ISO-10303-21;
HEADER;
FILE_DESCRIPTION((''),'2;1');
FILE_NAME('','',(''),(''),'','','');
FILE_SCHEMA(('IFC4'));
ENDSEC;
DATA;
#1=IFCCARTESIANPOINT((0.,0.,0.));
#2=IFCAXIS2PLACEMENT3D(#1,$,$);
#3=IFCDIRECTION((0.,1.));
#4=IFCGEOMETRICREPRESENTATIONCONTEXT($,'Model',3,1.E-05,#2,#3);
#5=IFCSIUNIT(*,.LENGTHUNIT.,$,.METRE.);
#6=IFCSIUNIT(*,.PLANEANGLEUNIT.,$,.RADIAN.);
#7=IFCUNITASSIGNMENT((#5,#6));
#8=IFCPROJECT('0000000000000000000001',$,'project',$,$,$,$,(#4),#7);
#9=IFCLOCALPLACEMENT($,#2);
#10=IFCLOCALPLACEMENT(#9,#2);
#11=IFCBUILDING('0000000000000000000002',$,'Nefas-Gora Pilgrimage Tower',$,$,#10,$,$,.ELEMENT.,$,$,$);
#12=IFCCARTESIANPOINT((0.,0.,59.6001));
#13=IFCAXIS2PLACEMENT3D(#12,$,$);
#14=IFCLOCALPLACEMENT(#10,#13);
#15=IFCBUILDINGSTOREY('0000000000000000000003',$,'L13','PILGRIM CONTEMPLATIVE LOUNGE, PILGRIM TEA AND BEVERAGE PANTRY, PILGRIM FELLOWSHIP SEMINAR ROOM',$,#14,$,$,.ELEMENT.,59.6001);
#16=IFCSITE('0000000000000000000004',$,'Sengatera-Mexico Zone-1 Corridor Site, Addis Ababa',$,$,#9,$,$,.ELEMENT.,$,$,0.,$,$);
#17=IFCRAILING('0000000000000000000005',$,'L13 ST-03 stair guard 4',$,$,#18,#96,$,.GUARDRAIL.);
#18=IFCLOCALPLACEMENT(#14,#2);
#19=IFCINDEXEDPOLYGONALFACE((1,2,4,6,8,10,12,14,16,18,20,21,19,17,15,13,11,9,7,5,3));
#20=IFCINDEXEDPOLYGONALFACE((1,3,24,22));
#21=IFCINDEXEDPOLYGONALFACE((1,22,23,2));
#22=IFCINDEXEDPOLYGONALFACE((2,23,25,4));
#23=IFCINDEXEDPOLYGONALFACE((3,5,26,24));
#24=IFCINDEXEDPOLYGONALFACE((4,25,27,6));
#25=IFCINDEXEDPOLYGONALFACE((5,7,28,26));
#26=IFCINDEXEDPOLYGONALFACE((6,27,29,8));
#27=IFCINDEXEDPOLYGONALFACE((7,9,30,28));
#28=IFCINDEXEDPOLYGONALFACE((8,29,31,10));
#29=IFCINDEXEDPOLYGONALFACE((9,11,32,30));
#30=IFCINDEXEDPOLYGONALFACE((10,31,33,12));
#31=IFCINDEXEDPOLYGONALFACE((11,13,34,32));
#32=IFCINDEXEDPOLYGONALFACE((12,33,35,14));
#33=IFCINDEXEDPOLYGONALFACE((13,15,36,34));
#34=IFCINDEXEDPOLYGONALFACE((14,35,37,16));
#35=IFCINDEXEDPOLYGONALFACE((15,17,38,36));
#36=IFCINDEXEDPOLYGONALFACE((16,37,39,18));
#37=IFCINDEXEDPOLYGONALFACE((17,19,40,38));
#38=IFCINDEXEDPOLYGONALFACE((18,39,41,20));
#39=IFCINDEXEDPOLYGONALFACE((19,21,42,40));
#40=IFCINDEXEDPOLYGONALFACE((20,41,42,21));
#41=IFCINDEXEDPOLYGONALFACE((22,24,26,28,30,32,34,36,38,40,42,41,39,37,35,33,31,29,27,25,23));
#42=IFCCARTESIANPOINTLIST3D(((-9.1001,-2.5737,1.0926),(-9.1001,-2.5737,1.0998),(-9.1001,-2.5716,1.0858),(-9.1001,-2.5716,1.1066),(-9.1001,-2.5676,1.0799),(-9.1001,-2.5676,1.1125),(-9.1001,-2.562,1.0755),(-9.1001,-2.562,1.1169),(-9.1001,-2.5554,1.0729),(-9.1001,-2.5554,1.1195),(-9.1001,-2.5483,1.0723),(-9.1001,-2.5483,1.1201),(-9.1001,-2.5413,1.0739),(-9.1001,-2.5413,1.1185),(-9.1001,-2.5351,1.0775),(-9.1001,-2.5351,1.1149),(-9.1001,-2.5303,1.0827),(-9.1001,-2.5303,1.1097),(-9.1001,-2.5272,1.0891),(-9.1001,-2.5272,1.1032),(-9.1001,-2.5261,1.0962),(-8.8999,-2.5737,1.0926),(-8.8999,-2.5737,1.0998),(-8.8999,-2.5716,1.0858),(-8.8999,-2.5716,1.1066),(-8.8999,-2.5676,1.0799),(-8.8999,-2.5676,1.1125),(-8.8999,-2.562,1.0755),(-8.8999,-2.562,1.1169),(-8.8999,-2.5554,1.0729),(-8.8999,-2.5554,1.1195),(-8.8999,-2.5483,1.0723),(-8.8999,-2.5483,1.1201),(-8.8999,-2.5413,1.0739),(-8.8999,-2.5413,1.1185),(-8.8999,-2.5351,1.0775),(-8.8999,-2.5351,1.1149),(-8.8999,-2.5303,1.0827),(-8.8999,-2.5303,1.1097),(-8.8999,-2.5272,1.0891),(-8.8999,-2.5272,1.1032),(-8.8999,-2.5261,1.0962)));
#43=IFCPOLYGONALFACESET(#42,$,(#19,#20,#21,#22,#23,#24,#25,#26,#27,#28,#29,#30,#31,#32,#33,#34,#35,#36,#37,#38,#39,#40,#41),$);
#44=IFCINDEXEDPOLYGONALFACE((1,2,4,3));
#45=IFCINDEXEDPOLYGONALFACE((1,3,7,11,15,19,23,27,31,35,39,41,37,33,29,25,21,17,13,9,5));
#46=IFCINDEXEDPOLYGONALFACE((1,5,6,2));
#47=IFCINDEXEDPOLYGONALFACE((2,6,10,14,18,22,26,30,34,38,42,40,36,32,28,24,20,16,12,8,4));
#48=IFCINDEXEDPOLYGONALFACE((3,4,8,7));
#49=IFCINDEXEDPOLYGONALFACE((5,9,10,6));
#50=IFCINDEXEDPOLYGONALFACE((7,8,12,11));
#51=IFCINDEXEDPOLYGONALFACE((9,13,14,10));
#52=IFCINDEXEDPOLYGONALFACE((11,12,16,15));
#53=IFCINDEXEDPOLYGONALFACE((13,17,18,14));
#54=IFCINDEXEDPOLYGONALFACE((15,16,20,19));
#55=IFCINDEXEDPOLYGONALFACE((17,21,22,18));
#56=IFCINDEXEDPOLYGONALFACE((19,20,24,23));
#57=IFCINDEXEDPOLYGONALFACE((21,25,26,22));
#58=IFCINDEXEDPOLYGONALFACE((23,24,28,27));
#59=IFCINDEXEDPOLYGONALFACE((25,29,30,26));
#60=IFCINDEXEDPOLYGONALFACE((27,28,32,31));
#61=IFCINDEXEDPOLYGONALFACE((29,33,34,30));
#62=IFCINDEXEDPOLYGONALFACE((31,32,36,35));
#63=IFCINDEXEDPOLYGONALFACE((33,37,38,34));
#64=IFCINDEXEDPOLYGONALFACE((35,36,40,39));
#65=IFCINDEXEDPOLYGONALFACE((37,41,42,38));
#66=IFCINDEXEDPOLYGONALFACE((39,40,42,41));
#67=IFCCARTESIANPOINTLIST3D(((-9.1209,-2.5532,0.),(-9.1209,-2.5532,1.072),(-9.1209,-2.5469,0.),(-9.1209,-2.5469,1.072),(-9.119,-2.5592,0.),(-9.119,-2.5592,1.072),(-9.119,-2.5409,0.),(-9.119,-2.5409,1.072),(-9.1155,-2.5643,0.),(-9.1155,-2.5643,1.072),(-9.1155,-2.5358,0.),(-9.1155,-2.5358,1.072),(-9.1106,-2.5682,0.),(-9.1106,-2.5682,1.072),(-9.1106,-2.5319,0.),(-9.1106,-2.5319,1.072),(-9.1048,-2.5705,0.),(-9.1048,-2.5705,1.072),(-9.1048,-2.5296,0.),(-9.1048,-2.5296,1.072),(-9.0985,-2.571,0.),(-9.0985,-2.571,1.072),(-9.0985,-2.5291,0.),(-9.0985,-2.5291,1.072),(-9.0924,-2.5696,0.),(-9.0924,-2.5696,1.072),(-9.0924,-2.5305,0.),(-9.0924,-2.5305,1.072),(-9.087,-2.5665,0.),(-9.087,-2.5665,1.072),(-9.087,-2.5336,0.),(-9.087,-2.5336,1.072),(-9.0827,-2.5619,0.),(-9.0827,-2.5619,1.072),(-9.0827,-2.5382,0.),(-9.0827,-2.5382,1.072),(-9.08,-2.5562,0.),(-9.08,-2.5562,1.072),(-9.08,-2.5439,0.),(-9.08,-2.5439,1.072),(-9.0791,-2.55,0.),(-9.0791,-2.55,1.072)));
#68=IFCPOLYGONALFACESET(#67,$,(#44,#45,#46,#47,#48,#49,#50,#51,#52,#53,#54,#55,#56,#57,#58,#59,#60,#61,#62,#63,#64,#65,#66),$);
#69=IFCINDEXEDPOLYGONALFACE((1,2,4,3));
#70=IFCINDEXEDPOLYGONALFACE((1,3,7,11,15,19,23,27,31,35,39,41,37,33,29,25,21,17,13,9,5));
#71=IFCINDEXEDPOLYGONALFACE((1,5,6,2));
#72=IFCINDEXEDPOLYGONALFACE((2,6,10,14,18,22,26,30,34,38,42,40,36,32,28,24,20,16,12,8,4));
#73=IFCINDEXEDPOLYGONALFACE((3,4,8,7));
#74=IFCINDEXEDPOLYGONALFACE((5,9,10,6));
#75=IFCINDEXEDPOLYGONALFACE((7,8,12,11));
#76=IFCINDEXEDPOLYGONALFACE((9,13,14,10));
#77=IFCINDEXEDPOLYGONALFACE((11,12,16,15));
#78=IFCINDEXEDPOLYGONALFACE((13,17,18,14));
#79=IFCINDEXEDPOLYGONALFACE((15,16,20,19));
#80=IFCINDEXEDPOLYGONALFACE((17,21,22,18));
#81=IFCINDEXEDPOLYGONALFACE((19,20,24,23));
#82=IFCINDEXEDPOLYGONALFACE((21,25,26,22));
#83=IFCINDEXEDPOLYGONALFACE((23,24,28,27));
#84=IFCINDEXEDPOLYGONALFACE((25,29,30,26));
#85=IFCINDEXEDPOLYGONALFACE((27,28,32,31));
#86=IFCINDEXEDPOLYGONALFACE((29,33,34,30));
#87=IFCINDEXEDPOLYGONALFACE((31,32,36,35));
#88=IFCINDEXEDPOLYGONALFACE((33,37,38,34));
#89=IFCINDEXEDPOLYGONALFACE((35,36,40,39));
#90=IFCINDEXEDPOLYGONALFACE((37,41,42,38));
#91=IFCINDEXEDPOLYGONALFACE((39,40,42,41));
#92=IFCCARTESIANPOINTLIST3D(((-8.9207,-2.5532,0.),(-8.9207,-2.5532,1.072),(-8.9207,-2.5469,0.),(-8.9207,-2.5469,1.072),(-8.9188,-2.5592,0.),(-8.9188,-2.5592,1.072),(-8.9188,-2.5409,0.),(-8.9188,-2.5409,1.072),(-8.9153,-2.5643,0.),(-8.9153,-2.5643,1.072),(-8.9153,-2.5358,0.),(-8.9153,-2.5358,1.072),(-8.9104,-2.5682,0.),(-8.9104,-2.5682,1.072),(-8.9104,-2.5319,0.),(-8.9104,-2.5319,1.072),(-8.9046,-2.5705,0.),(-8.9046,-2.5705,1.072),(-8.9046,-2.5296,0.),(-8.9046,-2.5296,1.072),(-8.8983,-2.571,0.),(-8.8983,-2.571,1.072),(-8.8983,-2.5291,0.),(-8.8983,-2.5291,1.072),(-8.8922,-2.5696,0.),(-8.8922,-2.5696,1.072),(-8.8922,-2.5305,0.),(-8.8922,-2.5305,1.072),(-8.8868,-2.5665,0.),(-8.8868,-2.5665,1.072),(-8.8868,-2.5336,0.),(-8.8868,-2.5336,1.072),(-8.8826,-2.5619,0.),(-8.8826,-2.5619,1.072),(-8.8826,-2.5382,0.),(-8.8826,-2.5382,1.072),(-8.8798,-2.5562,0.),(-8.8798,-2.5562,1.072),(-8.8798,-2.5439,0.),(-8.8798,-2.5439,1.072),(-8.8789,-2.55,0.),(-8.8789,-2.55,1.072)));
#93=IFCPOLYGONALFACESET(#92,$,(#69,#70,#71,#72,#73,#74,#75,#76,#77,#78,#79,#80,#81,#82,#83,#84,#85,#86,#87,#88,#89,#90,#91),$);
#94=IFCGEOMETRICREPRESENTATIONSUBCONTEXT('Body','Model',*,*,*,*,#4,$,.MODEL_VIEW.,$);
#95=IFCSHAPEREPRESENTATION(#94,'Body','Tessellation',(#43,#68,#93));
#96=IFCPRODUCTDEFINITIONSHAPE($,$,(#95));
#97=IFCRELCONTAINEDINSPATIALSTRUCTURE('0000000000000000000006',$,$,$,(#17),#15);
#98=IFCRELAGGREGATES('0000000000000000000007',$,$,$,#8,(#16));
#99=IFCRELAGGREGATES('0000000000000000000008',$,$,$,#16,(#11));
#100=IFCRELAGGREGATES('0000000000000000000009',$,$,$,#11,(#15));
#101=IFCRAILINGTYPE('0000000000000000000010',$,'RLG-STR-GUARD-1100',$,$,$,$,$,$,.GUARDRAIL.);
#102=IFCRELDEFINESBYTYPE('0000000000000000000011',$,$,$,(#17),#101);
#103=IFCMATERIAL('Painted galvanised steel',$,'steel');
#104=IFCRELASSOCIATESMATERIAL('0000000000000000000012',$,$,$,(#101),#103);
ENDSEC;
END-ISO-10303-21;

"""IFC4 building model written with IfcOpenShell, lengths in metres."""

from ifc_helpers import new_model, si_unit, direction, frame, origin, origin_2d, place, context, subcontext, project, spatial, circle, extrude, material, type_object, element, save


model = new_model("IFC4")

# Units and contexts
model_context = context("Model", 3, precision=1e-05, world=origin(), true_north=direction((0.0, 1.0)))
body_context = subcontext(model_context, "Body", "Model", "MODEL_VIEW")
ifc_project = project(units=[si_unit("LENGTHUNIT", "METRE"), si_unit("PLANEANGLEUNIT", "RADIAN")], contexts=[model_context])

# Site, building, storey
site_placement = place(None, origin())
site = spatial("IfcSite", under=ifc_project, at=site_placement, Name="Sengatera-Mexico Zone-1 Corridor Site, Addis Ababa", CompositionType="ELEMENT", RefElevation=0.0)
building_placement = place(site_placement, origin())
building = spatial("IfcBuilding", under=site, at=building_placement, Name="Nefas-Gora Pilgrimage Tower", CompositionType="ELEMENT")
storey_placement = place(building_placement, frame((0.0, 0.0, 59.6001)))
storey = spatial("IfcBuildingStorey", under=building, at=storey_placement, Name="L13", Description="PILGRIM CONTEMPLATIVE LOUNGE, PILGRIM TEA AND BEVERAGE PANTRY, PILGRIM FELLOWSHIP SEMINAR ROOM", CompositionType="ELEMENT", Elevation=59.6001)

# Railing
ifc_material_1 = material(Name="Painted galvanised steel", Category="steel")
railing_type_1 = type_object("IfcRailingType", Name="RLG-STR-GUARD-1100", PredefinedType="GUARDRAIL", material=ifc_material_1)
railing_1_placement = place(storey_placement, frame((-9.1001, -2.55, 0.0)))
element("IfcRailing", 1, at=railing_1_placement, inside=storey, type_object=railing_type_1, Name="L13 ST-03 stair guard 4", PredefinedType="GUARDRAIL", context=body_context, shape_type="SweptSolid", body=[
    extrude(circle(Radius=0.0239, at=origin_2d()), frame((0.0, 0.0, 1.0962), z_axis=(1.0, 0.0, 0.0), x_axis=(0.0, 1.0, 0.0)), (0.0, 0.0, 1.0), 0.2002),
    extrude(circle(Radius=0.021, at=origin_2d()), origin(), (0.0, 0.0, 1.0), 1.072),
    extrude(circle(Radius=0.021, at=origin_2d()), frame((0.2002, 0.0, 0.0)), (0.0, 0.0, 1.0), 1.072),
])

save(model, "model.ifc")
